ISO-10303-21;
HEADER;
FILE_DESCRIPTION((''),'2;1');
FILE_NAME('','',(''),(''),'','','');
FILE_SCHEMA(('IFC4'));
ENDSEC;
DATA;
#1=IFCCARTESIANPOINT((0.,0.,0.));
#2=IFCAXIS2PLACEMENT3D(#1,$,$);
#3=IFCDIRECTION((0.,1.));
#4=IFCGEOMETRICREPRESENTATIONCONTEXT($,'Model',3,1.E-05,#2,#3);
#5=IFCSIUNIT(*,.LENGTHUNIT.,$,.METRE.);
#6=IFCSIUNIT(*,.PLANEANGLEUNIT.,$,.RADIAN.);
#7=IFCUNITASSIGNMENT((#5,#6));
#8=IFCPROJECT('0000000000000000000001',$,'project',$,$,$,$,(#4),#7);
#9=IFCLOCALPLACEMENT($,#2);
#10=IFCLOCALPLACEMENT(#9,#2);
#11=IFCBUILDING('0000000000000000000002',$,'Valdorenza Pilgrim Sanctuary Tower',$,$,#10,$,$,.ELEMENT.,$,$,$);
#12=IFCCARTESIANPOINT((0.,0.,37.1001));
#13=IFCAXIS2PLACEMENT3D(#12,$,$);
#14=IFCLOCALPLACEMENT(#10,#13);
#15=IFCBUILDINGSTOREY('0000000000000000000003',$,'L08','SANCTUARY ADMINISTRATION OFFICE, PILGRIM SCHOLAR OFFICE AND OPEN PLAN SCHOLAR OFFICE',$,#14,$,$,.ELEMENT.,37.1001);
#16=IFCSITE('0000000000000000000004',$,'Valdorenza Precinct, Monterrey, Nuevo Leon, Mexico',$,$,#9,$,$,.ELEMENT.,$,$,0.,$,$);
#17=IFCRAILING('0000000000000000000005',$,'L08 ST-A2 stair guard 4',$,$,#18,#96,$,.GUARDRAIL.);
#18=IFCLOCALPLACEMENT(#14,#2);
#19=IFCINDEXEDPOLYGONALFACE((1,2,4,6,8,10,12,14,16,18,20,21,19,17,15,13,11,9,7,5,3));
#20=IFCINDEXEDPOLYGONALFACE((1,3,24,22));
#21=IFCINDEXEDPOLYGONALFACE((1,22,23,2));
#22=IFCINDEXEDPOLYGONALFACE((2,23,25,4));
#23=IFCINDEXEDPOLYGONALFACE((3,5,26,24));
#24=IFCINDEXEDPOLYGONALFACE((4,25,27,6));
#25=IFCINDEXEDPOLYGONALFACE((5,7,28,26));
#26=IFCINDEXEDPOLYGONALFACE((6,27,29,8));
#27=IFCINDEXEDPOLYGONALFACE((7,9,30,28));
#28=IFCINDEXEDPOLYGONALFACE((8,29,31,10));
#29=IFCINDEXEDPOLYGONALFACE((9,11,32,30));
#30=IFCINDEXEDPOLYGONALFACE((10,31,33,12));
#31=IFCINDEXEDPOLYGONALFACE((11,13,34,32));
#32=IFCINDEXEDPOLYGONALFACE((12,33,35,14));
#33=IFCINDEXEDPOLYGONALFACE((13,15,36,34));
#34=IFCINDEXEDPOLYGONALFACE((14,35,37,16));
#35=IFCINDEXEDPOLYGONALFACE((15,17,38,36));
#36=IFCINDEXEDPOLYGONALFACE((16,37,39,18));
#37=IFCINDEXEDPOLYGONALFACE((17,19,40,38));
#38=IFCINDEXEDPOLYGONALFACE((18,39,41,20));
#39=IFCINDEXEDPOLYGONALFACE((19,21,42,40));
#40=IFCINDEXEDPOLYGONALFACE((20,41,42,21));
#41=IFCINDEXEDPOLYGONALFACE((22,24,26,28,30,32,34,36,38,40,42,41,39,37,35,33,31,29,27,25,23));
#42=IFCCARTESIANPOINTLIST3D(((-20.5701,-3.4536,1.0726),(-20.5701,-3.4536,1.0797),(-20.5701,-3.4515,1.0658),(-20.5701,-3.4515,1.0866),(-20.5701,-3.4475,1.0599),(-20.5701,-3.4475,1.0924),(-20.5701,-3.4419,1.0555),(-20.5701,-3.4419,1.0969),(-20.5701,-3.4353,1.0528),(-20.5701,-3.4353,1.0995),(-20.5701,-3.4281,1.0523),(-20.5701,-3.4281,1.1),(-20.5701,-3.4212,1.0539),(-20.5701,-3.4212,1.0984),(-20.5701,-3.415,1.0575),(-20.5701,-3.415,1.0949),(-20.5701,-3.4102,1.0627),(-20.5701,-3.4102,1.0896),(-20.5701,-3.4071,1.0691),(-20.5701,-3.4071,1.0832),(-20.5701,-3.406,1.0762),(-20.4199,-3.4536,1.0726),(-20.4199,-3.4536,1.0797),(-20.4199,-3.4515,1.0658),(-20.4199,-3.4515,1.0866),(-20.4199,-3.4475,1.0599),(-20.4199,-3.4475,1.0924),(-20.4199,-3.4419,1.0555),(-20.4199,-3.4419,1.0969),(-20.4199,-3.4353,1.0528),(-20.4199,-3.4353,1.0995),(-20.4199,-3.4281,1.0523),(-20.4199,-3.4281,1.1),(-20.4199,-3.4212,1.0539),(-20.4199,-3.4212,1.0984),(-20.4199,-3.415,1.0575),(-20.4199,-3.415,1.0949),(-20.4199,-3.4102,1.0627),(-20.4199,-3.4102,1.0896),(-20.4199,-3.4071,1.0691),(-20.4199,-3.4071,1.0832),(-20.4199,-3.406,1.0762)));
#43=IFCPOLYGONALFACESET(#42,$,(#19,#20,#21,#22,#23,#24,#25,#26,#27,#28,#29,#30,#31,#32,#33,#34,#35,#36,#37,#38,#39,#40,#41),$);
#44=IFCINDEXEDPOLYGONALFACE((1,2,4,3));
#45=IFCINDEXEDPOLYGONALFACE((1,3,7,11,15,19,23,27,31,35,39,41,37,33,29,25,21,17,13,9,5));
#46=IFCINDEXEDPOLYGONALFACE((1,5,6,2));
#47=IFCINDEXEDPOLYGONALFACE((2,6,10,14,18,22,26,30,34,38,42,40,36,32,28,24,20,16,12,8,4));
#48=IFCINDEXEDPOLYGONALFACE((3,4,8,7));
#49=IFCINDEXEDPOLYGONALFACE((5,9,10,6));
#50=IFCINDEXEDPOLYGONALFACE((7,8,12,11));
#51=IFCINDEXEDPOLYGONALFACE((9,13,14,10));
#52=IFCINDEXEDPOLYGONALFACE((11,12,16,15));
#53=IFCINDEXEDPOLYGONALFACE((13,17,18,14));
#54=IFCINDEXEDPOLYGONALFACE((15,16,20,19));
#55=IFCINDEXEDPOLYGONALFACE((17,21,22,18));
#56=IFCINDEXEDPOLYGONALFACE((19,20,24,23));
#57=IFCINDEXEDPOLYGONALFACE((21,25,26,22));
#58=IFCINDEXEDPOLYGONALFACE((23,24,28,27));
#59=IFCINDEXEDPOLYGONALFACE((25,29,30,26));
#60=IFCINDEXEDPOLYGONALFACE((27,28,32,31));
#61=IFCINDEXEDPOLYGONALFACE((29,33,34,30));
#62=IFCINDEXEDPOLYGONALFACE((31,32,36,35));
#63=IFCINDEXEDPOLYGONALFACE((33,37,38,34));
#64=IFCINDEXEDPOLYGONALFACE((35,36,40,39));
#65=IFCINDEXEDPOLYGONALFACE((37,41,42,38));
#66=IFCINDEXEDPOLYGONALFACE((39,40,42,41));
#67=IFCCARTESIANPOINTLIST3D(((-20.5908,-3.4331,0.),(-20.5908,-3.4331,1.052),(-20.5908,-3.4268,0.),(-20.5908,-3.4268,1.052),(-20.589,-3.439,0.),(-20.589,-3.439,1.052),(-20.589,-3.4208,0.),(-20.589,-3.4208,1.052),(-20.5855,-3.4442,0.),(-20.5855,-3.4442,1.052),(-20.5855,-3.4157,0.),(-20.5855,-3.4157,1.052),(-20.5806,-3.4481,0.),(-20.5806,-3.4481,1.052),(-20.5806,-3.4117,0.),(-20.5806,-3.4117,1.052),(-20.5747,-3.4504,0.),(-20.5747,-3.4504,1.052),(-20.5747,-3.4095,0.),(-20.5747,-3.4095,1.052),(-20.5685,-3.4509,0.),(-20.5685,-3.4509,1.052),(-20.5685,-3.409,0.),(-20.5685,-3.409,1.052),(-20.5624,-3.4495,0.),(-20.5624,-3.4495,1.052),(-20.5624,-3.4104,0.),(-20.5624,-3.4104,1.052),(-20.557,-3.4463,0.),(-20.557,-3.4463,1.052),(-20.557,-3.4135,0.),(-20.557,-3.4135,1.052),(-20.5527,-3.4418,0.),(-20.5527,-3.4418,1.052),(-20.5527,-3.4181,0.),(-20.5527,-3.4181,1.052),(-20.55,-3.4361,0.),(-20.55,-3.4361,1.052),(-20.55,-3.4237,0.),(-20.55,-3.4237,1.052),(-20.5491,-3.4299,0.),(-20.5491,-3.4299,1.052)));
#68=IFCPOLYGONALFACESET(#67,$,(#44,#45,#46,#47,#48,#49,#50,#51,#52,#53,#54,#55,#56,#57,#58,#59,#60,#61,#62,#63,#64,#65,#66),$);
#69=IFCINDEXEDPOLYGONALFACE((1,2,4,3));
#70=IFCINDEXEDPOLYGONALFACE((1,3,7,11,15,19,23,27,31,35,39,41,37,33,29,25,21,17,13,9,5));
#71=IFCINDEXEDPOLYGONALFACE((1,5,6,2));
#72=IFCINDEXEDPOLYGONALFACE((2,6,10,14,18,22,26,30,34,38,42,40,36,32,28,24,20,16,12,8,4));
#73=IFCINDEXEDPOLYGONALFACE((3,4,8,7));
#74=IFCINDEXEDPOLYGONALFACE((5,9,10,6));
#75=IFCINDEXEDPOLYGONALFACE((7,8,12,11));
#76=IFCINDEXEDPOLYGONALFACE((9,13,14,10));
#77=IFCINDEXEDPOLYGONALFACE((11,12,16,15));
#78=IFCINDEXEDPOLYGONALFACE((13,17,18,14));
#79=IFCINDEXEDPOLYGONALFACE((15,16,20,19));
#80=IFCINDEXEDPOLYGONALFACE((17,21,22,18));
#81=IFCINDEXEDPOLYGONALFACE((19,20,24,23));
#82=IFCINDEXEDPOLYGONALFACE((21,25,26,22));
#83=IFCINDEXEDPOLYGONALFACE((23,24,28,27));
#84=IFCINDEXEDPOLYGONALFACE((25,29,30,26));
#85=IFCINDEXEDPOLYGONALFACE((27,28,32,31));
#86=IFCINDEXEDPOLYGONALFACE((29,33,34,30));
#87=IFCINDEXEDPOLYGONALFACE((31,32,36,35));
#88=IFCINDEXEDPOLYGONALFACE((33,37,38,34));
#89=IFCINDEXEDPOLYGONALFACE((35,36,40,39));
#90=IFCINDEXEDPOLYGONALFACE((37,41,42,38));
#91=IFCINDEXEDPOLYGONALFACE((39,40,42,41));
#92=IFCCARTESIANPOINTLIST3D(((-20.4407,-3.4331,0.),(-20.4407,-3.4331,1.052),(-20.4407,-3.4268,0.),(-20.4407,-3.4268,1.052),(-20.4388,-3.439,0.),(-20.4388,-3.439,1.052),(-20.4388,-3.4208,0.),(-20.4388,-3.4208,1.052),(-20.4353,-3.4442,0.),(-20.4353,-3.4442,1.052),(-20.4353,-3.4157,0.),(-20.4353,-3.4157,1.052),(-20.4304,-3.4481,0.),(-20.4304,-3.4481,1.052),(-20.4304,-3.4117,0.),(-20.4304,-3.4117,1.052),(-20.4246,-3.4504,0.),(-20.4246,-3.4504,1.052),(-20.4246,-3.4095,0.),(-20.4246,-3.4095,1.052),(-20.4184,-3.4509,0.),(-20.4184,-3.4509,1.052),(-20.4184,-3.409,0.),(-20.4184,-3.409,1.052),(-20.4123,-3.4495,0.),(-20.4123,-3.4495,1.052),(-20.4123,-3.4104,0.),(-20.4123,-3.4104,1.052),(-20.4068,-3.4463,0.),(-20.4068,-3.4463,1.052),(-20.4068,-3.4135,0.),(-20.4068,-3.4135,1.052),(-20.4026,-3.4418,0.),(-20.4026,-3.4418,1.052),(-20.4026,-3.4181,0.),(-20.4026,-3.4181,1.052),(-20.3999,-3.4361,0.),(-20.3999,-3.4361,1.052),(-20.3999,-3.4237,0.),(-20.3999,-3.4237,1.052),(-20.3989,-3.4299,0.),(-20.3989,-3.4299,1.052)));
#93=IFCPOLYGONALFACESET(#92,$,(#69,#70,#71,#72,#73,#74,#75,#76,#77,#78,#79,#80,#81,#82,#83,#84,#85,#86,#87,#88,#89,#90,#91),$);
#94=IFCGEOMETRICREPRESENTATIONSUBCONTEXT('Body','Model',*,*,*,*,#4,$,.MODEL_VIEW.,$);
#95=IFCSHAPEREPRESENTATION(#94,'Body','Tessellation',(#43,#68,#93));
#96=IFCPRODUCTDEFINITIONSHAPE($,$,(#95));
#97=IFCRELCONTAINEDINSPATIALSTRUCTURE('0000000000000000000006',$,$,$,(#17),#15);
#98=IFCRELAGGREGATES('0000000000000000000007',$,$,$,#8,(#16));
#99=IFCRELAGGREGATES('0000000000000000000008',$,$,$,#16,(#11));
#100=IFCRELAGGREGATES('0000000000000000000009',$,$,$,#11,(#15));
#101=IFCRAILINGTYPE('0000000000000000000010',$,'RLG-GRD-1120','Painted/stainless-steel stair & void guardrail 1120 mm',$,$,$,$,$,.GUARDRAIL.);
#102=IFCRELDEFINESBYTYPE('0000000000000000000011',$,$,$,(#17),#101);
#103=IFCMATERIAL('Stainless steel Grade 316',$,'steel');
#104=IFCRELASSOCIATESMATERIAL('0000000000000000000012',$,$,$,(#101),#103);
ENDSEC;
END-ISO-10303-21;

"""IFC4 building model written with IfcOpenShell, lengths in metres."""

from ifc_helpers import new_model, si_unit, direction, frame, origin, origin_2d, place, context, subcontext, project, spatial, circle, extrude, material, type_object, element, save


model = new_model("IFC4")

# Units and contexts
model_context = context("Model", 3, precision=1e-05, world=origin(), true_north=direction((0.0, 1.0)))
body_context = subcontext(model_context, "Body", "Model", "MODEL_VIEW")
ifc_project = project(units=[si_unit("LENGTHUNIT", "METRE"), si_unit("PLANEANGLEUNIT", "RADIAN")], contexts=[model_context])

# Site, building, storey
site_placement = place(None, origin())
site = spatial("IfcSite", under=ifc_project, at=site_placement, Name="Valdorenza Precinct, Monterrey, Nuevo Leon, Mexico", CompositionType="ELEMENT", RefElevation=0.0)
building_placement = place(site_placement, origin())
building = spatial("IfcBuilding", under=site, at=building_placement, Name="Valdorenza Pilgrim Sanctuary Tower", CompositionType="ELEMENT")
storey_placement = place(building_placement, frame((0.0, 0.0, 37.1001)))
storey = spatial("IfcBuildingStorey", under=building, at=storey_placement, Name="L08", Description="SANCTUARY ADMINISTRATION OFFICE, PILGRIM SCHOLAR OFFICE AND OPEN PLAN SCHOLAR OFFICE", CompositionType="ELEMENT", Elevation=37.1001)

# Railing
ifc_material_1 = material(Name="Stainless steel Grade 316", Category="steel")
railing_type_1 = type_object("IfcRailingType", Name="RLG-GRD-1120", Description="Painted/stainless-steel stair & void guardrail 1120 mm", PredefinedType="GUARDRAIL", material=ifc_material_1)
railing_1_placement = place(storey_placement, frame((-20.5701, -3.4299, 0.0)))
element("IfcRailing", 1, at=railing_1_placement, inside=storey, type_object=railing_type_1, Name="L08 ST-A2 stair guard 4", PredefinedType="GUARDRAIL", context=body_context, shape_type="SweptSolid", body=[
    extrude(circle(Radius=0.0239, at=origin_2d()), frame((0.0, 0.0, 1.0762), z_axis=(1.0, 0.0, 0.0), x_axis=(0.0, 1.0, 0.0)), (0.0, 0.0, 1.0), 0.1501),
    extrude(circle(Radius=0.021, at=origin_2d()), origin(), (0.0, 0.0, 1.0), 1.052),
    extrude(circle(Radius=0.021, at=origin_2d()), frame((0.1501, 0.0, 0.0)), (0.0, 0.0, 1.0), 1.052),
])

save(model, "model.ifc")
